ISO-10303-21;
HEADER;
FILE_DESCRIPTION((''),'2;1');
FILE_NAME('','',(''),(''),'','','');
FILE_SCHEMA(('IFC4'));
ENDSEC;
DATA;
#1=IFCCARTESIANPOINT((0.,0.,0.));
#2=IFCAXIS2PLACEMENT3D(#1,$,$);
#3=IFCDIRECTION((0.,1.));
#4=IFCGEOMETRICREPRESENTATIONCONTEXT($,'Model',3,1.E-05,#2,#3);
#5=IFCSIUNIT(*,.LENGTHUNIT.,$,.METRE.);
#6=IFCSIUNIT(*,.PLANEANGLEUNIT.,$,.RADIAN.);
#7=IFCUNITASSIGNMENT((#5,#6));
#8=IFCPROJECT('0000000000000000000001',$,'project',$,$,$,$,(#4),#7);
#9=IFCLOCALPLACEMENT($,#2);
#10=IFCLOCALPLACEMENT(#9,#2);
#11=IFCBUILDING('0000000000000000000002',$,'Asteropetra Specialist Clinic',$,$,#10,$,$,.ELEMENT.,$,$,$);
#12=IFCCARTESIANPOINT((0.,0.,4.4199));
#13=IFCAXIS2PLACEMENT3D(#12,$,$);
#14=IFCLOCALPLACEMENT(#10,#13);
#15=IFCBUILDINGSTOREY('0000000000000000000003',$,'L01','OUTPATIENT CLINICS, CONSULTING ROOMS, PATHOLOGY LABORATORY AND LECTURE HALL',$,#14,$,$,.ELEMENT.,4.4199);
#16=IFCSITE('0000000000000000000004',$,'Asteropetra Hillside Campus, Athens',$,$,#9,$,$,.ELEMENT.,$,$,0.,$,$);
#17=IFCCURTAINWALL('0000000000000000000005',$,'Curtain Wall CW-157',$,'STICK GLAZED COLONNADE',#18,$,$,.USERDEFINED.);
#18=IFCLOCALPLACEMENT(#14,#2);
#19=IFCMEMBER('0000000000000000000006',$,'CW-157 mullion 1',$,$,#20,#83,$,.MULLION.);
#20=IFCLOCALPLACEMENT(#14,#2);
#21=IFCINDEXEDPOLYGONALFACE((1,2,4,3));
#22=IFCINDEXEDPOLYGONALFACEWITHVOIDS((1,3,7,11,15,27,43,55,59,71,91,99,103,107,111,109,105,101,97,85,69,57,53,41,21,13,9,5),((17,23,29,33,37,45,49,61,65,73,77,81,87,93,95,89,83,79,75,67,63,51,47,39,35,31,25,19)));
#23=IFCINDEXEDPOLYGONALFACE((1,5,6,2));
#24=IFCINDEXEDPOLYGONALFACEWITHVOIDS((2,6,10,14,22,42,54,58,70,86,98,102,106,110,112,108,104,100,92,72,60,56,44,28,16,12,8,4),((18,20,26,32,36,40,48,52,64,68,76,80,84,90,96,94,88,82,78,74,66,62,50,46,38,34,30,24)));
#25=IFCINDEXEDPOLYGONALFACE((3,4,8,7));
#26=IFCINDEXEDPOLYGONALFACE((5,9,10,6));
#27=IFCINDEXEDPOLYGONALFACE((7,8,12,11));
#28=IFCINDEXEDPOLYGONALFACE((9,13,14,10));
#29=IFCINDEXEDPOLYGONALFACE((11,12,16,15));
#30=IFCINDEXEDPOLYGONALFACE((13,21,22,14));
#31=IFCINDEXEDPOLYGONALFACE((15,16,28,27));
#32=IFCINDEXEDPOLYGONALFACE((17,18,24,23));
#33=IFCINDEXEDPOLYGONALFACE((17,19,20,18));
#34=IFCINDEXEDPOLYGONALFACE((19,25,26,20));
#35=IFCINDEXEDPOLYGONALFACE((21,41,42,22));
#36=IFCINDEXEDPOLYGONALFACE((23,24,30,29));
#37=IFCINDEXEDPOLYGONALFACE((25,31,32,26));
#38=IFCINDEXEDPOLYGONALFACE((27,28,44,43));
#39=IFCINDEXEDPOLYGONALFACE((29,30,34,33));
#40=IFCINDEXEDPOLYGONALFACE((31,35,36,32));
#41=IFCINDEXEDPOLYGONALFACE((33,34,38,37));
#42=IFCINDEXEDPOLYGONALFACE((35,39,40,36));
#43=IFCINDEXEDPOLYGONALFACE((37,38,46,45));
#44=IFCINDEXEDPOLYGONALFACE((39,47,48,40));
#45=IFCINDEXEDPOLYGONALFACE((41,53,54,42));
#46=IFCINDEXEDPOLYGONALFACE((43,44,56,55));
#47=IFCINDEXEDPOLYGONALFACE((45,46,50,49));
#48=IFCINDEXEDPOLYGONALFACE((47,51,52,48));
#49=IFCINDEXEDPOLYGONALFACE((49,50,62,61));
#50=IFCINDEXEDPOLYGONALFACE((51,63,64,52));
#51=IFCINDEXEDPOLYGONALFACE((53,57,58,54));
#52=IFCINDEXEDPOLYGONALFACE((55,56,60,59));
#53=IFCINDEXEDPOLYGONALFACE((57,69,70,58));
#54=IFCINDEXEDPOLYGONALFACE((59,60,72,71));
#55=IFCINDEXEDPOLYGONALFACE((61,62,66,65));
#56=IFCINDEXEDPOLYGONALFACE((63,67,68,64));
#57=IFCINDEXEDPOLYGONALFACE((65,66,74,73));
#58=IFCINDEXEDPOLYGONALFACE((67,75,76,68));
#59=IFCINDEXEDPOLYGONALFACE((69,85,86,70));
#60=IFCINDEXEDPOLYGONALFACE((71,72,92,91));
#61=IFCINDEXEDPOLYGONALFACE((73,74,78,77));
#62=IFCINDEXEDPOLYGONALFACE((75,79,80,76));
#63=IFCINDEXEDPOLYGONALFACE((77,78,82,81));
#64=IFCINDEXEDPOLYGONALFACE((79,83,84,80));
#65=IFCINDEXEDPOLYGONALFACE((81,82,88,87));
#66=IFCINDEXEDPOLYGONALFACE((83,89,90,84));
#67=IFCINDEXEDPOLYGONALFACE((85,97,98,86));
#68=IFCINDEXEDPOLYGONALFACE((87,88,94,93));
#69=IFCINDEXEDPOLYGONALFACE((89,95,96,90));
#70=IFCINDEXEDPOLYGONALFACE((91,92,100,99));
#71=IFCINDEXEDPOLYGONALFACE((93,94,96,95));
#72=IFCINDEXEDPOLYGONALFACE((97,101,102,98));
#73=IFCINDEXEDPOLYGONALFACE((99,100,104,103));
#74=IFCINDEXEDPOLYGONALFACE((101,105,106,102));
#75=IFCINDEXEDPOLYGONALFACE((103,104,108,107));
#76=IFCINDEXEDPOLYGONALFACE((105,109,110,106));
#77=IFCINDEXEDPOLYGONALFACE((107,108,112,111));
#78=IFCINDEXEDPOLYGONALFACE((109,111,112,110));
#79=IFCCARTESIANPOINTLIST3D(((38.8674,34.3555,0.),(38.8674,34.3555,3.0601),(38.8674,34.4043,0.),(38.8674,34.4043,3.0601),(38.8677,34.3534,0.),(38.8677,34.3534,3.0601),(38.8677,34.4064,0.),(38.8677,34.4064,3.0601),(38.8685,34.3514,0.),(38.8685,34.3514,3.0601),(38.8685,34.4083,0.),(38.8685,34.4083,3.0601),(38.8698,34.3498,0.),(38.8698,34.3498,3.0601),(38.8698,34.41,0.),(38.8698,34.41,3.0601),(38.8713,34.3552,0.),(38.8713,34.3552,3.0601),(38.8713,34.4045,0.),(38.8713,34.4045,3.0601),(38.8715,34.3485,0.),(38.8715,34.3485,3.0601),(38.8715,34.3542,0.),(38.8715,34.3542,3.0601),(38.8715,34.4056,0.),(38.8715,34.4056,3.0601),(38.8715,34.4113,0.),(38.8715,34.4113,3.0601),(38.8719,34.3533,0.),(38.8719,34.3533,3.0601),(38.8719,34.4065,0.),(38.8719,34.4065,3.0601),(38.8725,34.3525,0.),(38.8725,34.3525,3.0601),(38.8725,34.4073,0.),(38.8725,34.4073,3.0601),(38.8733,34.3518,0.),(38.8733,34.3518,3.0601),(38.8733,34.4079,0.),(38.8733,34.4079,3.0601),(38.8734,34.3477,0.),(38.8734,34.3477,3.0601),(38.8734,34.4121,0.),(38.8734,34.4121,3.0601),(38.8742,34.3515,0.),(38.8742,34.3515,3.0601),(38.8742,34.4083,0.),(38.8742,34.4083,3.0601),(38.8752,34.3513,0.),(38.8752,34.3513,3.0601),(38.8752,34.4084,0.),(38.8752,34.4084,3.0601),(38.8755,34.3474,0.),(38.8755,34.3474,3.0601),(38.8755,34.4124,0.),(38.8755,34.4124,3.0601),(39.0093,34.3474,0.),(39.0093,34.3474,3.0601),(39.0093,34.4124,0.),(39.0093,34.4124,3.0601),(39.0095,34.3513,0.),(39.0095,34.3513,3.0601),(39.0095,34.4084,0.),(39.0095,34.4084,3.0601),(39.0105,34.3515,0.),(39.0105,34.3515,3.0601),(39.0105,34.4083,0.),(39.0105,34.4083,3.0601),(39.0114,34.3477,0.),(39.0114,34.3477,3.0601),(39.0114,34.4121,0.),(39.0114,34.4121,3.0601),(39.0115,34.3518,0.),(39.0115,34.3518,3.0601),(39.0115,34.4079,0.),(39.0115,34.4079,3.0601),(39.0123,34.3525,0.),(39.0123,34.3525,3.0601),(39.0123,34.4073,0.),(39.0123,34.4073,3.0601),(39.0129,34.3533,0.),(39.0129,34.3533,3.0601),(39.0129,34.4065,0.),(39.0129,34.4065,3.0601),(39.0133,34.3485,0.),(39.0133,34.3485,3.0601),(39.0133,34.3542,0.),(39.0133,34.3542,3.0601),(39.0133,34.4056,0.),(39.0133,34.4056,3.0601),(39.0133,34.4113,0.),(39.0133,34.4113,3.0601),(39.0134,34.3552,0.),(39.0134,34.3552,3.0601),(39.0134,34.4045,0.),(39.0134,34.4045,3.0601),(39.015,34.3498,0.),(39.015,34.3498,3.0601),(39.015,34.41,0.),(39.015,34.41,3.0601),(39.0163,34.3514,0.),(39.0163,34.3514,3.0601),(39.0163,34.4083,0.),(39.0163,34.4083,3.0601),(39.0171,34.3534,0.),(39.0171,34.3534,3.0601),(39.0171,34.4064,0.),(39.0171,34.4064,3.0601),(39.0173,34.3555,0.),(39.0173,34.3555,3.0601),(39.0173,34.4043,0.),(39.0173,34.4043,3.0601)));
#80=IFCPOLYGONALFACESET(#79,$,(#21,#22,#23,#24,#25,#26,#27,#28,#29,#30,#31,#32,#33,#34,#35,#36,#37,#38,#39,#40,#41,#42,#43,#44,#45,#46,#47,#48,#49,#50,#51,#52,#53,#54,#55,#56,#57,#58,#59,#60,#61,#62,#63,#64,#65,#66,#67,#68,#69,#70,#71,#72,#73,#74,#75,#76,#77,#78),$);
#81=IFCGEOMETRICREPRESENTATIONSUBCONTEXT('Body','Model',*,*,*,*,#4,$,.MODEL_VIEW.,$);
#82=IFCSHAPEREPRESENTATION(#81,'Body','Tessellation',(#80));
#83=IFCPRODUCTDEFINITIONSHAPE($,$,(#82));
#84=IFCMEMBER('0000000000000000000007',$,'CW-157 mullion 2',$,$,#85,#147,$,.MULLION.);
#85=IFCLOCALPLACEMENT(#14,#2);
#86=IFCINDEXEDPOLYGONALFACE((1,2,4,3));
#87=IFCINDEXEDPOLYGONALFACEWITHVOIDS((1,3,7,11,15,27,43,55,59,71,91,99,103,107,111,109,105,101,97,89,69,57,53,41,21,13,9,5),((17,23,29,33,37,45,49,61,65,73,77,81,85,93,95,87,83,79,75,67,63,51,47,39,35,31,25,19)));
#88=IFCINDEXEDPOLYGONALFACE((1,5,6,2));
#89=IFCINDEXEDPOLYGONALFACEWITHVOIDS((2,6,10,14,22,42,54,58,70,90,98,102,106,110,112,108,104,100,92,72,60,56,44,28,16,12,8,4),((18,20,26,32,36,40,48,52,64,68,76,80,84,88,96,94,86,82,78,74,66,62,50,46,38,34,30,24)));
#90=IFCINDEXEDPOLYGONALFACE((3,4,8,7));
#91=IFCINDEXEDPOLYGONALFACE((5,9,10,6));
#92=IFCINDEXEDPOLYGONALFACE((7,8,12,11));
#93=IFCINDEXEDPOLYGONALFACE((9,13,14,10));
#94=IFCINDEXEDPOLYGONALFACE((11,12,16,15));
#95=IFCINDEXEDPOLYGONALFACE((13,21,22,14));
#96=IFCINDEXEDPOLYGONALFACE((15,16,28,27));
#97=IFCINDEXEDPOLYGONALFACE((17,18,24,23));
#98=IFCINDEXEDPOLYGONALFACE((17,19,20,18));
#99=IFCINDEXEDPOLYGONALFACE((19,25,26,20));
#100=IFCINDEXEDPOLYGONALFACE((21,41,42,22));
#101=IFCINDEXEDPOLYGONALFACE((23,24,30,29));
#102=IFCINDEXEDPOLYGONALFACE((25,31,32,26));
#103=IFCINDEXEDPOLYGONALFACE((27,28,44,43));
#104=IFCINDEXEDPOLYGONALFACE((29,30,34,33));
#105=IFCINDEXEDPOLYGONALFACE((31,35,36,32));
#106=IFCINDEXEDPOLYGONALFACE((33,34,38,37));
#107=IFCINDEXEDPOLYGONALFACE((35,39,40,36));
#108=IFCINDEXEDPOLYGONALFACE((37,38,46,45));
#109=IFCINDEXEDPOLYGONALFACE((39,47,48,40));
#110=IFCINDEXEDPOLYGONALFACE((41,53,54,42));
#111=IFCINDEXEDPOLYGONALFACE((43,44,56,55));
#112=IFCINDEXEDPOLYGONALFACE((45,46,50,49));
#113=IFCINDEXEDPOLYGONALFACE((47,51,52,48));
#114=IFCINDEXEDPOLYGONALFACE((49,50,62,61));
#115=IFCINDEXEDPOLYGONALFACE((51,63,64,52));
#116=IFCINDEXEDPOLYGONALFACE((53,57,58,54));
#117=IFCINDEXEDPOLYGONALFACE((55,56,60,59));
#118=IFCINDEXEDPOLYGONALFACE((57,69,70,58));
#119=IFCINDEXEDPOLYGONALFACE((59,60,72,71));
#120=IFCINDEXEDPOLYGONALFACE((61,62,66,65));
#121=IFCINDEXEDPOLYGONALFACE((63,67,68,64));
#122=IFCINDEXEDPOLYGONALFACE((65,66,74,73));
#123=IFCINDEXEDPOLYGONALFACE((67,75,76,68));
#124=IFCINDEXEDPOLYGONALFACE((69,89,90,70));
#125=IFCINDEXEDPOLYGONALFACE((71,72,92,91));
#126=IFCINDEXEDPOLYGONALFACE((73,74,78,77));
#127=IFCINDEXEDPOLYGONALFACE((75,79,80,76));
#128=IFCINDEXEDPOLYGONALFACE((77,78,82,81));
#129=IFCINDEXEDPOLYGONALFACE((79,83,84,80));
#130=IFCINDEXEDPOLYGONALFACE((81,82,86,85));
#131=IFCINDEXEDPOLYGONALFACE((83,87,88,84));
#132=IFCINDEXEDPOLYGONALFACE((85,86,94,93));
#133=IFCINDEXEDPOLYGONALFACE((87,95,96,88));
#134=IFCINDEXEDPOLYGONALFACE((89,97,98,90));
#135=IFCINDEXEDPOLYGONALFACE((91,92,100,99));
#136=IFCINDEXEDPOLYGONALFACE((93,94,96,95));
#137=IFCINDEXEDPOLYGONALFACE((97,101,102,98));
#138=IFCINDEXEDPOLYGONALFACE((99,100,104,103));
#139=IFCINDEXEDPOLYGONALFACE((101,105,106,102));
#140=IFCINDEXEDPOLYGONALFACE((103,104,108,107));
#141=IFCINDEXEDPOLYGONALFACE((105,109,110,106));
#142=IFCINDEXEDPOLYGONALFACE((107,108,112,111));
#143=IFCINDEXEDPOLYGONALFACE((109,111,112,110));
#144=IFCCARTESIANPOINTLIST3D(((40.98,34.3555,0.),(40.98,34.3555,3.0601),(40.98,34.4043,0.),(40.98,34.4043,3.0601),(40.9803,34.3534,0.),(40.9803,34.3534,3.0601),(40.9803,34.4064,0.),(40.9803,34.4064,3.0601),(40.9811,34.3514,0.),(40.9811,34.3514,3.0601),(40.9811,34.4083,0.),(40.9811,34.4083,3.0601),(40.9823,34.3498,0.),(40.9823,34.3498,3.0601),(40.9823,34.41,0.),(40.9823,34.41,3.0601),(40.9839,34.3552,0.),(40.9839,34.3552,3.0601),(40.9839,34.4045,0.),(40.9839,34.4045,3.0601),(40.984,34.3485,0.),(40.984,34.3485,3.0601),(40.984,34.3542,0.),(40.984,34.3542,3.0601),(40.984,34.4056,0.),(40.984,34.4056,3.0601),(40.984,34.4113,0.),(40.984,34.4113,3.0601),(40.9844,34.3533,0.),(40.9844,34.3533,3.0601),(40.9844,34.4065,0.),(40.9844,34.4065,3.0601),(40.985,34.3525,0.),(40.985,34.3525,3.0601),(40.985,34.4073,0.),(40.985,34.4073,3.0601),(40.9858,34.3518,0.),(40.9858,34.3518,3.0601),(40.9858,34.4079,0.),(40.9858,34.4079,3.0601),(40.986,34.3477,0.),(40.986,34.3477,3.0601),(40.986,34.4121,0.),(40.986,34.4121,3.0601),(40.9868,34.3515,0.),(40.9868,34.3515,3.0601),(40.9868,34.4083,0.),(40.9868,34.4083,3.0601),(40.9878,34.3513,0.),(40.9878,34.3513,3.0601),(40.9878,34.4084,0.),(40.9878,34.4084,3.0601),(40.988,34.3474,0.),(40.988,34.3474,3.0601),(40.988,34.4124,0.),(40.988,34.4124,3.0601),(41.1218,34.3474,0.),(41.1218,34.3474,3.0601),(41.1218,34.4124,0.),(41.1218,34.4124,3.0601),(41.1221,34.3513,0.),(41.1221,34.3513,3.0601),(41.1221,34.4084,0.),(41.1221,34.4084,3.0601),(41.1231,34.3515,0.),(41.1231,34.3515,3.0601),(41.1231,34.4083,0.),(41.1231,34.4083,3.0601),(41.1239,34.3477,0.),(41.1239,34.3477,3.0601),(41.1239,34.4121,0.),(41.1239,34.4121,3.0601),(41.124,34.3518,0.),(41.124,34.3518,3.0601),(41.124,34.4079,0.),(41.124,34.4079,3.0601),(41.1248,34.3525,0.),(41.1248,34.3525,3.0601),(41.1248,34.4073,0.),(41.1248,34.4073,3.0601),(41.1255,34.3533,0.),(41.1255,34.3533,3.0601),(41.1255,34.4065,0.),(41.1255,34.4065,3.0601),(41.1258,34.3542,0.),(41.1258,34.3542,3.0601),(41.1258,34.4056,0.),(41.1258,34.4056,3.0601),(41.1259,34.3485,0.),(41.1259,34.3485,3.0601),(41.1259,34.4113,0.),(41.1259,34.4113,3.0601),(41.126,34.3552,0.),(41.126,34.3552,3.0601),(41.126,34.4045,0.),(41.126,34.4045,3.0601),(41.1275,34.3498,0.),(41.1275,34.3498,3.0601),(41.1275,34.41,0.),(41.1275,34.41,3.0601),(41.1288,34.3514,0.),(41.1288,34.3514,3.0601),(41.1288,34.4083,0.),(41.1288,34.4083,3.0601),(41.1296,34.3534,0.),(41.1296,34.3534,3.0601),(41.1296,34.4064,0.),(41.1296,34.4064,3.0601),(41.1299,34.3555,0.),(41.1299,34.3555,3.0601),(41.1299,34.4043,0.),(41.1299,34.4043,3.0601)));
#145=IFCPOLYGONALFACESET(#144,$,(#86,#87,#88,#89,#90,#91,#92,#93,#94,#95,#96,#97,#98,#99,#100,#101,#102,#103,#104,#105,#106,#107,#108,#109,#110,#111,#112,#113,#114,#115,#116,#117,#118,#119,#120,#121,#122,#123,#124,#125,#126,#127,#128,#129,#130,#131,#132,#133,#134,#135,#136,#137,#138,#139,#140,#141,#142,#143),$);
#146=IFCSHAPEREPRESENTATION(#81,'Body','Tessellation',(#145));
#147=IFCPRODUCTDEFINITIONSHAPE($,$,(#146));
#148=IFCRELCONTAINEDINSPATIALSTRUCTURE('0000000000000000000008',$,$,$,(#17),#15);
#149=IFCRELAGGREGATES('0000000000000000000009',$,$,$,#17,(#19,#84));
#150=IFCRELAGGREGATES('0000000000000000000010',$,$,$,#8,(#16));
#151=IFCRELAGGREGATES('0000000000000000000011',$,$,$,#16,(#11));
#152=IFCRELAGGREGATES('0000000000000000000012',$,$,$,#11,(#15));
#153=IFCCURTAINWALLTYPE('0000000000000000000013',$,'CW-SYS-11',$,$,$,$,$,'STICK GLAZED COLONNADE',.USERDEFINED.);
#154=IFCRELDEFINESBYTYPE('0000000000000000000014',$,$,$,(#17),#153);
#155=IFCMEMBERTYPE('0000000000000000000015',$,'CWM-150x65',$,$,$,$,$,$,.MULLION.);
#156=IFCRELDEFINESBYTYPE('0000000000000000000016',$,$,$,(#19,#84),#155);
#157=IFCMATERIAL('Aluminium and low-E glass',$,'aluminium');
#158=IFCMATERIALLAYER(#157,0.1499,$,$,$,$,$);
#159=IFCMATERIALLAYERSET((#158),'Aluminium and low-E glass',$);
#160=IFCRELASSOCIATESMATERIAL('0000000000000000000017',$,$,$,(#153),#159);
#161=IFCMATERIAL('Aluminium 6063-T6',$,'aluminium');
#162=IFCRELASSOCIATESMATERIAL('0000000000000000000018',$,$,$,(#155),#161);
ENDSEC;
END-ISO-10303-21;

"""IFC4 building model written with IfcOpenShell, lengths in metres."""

from ifc_helpers import new_model, si_unit, direction, frame, origin, origin_2d, place, context, subcontext, project, spatial, hollow_rectangle, extrude, material, layer, layer_set, material_profile, profile_set, type_object, element, aggregate, save


model = new_model("IFC4")

# Units and contexts
model_context = context("Model", 3, precision=1e-05, world=origin(), true_north=direction((0.0, 1.0)))
body_context = subcontext(model_context, "Body", "Model", "MODEL_VIEW")
ifc_project = project(units=[si_unit("LENGTHUNIT", "METRE"), si_unit("PLANEANGLEUNIT", "RADIAN")], contexts=[model_context])

# Site, building, storey
site_placement = place(None, origin())
site = spatial("IfcSite", under=ifc_project, at=site_placement, Name="Asteropetra Hillside Campus, Athens", CompositionType="ELEMENT", RefElevation=0.0)
building_placement = place(site_placement, origin())
building = spatial("IfcBuilding", under=site, at=building_placement, Name="Asteropetra Specialist Clinic", CompositionType="ELEMENT")
storey_placement = place(building_placement, frame((0.0, 0.0, 4.4199)))
storey = spatial("IfcBuildingStorey", under=building, at=storey_placement, Name="L01", Description="OUTPATIENT CLINICS, CONSULTING ROOMS, PATHOLOGY LABORATORY AND LECTURE HALL", CompositionType="ELEMENT", Elevation=4.4199)

# Curtain wall, members
ifc_material_1 = material(Name="Aluminium and low-E glass", Category="aluminium")
ifc_layer_1 = layer(ifc_material_1, 0.1499)
ifc_layer_set_1 = layer_set([ifc_layer_1], Name="Aluminium and low-E glass")
curtain_wall_type_1 = type_object("IfcCurtainWallType", Name="CW-SYS-11", ElementType="STICK GLAZED COLONNADE", PredefinedType="USERDEFINED", material=ifc_layer_set_1)
curtain_wall_1_placement = place(storey_placement, origin())
curtain_wall_1 = element("IfcCurtainWall", 1, at=curtain_wall_1_placement, inside=storey, type_object=curtain_wall_type_1, Name="Curtain Wall CW-157", ObjectType="STICK GLAZED COLONNADE", PredefinedType="USERDEFINED")
ifc_material_2 = material(Name="Aluminium 6063-T6", Category="aluminium")
ifc_material_profile_1 = material_profile(ifc_material_2, hollow_rectangle(XDim=0.0649, YDim=0.1499, WallThickness=0.0039, InnerFilletRadius=0.0039, OuterFilletRadius=0.0081, at=origin_2d()), Name="MUL 150x65x4.0")
ifc_profile_set_1 = profile_set([ifc_material_profile_1], Name="Aluminium 6063-T6")
member_type_1 = type_object("IfcMemberType", Name="CWM-150x65", PredefinedType="MULLION", material=ifc_profile_set_1)
member_1_placement = place(storey_placement, frame((38.9424, 34.3799, 0.0), z_axis=(0.0, 0.0, 1.0), x_axis=(0.0, 1.0, 0.0)))
member_1 = element("IfcMember", 2, at=member_1_placement, type_object=member_type_1, Name="CW-157 mullion 1", PredefinedType="MULLION", context=body_context, shape_type="SweptSolid", body=[
    extrude(hollow_rectangle(XDim=0.0649, YDim=0.1499, WallThickness=0.0039, InnerFilletRadius=0.0039, OuterFilletRadius=0.0081, at=origin_2d()), origin(), (0.0, 0.0, 1.0), 3.0601),
])
member_2_placement = place(storey_placement, frame((41.0549, 34.3799, 0.0), z_axis=(0.0, 0.0, 1.0), x_axis=(0.0, 1.0, 0.0)))
member_2 = element("IfcMember", 3, at=member_2_placement, type_object=member_type_1, Name="CW-157 mullion 2", PredefinedType="MULLION", context=body_context, shape_type="SweptSolid", body=[
    extrude(hollow_rectangle(XDim=0.0649, YDim=0.1499, WallThickness=0.0039, InnerFilletRadius=0.0039, OuterFilletRadius=0.0081, at=origin_2d()), origin(), (0.0, 0.0, 1.0), 3.0601),
])

aggregate(curtain_wall_1, [member_1, member_2])

save(model, "model.ifc")
